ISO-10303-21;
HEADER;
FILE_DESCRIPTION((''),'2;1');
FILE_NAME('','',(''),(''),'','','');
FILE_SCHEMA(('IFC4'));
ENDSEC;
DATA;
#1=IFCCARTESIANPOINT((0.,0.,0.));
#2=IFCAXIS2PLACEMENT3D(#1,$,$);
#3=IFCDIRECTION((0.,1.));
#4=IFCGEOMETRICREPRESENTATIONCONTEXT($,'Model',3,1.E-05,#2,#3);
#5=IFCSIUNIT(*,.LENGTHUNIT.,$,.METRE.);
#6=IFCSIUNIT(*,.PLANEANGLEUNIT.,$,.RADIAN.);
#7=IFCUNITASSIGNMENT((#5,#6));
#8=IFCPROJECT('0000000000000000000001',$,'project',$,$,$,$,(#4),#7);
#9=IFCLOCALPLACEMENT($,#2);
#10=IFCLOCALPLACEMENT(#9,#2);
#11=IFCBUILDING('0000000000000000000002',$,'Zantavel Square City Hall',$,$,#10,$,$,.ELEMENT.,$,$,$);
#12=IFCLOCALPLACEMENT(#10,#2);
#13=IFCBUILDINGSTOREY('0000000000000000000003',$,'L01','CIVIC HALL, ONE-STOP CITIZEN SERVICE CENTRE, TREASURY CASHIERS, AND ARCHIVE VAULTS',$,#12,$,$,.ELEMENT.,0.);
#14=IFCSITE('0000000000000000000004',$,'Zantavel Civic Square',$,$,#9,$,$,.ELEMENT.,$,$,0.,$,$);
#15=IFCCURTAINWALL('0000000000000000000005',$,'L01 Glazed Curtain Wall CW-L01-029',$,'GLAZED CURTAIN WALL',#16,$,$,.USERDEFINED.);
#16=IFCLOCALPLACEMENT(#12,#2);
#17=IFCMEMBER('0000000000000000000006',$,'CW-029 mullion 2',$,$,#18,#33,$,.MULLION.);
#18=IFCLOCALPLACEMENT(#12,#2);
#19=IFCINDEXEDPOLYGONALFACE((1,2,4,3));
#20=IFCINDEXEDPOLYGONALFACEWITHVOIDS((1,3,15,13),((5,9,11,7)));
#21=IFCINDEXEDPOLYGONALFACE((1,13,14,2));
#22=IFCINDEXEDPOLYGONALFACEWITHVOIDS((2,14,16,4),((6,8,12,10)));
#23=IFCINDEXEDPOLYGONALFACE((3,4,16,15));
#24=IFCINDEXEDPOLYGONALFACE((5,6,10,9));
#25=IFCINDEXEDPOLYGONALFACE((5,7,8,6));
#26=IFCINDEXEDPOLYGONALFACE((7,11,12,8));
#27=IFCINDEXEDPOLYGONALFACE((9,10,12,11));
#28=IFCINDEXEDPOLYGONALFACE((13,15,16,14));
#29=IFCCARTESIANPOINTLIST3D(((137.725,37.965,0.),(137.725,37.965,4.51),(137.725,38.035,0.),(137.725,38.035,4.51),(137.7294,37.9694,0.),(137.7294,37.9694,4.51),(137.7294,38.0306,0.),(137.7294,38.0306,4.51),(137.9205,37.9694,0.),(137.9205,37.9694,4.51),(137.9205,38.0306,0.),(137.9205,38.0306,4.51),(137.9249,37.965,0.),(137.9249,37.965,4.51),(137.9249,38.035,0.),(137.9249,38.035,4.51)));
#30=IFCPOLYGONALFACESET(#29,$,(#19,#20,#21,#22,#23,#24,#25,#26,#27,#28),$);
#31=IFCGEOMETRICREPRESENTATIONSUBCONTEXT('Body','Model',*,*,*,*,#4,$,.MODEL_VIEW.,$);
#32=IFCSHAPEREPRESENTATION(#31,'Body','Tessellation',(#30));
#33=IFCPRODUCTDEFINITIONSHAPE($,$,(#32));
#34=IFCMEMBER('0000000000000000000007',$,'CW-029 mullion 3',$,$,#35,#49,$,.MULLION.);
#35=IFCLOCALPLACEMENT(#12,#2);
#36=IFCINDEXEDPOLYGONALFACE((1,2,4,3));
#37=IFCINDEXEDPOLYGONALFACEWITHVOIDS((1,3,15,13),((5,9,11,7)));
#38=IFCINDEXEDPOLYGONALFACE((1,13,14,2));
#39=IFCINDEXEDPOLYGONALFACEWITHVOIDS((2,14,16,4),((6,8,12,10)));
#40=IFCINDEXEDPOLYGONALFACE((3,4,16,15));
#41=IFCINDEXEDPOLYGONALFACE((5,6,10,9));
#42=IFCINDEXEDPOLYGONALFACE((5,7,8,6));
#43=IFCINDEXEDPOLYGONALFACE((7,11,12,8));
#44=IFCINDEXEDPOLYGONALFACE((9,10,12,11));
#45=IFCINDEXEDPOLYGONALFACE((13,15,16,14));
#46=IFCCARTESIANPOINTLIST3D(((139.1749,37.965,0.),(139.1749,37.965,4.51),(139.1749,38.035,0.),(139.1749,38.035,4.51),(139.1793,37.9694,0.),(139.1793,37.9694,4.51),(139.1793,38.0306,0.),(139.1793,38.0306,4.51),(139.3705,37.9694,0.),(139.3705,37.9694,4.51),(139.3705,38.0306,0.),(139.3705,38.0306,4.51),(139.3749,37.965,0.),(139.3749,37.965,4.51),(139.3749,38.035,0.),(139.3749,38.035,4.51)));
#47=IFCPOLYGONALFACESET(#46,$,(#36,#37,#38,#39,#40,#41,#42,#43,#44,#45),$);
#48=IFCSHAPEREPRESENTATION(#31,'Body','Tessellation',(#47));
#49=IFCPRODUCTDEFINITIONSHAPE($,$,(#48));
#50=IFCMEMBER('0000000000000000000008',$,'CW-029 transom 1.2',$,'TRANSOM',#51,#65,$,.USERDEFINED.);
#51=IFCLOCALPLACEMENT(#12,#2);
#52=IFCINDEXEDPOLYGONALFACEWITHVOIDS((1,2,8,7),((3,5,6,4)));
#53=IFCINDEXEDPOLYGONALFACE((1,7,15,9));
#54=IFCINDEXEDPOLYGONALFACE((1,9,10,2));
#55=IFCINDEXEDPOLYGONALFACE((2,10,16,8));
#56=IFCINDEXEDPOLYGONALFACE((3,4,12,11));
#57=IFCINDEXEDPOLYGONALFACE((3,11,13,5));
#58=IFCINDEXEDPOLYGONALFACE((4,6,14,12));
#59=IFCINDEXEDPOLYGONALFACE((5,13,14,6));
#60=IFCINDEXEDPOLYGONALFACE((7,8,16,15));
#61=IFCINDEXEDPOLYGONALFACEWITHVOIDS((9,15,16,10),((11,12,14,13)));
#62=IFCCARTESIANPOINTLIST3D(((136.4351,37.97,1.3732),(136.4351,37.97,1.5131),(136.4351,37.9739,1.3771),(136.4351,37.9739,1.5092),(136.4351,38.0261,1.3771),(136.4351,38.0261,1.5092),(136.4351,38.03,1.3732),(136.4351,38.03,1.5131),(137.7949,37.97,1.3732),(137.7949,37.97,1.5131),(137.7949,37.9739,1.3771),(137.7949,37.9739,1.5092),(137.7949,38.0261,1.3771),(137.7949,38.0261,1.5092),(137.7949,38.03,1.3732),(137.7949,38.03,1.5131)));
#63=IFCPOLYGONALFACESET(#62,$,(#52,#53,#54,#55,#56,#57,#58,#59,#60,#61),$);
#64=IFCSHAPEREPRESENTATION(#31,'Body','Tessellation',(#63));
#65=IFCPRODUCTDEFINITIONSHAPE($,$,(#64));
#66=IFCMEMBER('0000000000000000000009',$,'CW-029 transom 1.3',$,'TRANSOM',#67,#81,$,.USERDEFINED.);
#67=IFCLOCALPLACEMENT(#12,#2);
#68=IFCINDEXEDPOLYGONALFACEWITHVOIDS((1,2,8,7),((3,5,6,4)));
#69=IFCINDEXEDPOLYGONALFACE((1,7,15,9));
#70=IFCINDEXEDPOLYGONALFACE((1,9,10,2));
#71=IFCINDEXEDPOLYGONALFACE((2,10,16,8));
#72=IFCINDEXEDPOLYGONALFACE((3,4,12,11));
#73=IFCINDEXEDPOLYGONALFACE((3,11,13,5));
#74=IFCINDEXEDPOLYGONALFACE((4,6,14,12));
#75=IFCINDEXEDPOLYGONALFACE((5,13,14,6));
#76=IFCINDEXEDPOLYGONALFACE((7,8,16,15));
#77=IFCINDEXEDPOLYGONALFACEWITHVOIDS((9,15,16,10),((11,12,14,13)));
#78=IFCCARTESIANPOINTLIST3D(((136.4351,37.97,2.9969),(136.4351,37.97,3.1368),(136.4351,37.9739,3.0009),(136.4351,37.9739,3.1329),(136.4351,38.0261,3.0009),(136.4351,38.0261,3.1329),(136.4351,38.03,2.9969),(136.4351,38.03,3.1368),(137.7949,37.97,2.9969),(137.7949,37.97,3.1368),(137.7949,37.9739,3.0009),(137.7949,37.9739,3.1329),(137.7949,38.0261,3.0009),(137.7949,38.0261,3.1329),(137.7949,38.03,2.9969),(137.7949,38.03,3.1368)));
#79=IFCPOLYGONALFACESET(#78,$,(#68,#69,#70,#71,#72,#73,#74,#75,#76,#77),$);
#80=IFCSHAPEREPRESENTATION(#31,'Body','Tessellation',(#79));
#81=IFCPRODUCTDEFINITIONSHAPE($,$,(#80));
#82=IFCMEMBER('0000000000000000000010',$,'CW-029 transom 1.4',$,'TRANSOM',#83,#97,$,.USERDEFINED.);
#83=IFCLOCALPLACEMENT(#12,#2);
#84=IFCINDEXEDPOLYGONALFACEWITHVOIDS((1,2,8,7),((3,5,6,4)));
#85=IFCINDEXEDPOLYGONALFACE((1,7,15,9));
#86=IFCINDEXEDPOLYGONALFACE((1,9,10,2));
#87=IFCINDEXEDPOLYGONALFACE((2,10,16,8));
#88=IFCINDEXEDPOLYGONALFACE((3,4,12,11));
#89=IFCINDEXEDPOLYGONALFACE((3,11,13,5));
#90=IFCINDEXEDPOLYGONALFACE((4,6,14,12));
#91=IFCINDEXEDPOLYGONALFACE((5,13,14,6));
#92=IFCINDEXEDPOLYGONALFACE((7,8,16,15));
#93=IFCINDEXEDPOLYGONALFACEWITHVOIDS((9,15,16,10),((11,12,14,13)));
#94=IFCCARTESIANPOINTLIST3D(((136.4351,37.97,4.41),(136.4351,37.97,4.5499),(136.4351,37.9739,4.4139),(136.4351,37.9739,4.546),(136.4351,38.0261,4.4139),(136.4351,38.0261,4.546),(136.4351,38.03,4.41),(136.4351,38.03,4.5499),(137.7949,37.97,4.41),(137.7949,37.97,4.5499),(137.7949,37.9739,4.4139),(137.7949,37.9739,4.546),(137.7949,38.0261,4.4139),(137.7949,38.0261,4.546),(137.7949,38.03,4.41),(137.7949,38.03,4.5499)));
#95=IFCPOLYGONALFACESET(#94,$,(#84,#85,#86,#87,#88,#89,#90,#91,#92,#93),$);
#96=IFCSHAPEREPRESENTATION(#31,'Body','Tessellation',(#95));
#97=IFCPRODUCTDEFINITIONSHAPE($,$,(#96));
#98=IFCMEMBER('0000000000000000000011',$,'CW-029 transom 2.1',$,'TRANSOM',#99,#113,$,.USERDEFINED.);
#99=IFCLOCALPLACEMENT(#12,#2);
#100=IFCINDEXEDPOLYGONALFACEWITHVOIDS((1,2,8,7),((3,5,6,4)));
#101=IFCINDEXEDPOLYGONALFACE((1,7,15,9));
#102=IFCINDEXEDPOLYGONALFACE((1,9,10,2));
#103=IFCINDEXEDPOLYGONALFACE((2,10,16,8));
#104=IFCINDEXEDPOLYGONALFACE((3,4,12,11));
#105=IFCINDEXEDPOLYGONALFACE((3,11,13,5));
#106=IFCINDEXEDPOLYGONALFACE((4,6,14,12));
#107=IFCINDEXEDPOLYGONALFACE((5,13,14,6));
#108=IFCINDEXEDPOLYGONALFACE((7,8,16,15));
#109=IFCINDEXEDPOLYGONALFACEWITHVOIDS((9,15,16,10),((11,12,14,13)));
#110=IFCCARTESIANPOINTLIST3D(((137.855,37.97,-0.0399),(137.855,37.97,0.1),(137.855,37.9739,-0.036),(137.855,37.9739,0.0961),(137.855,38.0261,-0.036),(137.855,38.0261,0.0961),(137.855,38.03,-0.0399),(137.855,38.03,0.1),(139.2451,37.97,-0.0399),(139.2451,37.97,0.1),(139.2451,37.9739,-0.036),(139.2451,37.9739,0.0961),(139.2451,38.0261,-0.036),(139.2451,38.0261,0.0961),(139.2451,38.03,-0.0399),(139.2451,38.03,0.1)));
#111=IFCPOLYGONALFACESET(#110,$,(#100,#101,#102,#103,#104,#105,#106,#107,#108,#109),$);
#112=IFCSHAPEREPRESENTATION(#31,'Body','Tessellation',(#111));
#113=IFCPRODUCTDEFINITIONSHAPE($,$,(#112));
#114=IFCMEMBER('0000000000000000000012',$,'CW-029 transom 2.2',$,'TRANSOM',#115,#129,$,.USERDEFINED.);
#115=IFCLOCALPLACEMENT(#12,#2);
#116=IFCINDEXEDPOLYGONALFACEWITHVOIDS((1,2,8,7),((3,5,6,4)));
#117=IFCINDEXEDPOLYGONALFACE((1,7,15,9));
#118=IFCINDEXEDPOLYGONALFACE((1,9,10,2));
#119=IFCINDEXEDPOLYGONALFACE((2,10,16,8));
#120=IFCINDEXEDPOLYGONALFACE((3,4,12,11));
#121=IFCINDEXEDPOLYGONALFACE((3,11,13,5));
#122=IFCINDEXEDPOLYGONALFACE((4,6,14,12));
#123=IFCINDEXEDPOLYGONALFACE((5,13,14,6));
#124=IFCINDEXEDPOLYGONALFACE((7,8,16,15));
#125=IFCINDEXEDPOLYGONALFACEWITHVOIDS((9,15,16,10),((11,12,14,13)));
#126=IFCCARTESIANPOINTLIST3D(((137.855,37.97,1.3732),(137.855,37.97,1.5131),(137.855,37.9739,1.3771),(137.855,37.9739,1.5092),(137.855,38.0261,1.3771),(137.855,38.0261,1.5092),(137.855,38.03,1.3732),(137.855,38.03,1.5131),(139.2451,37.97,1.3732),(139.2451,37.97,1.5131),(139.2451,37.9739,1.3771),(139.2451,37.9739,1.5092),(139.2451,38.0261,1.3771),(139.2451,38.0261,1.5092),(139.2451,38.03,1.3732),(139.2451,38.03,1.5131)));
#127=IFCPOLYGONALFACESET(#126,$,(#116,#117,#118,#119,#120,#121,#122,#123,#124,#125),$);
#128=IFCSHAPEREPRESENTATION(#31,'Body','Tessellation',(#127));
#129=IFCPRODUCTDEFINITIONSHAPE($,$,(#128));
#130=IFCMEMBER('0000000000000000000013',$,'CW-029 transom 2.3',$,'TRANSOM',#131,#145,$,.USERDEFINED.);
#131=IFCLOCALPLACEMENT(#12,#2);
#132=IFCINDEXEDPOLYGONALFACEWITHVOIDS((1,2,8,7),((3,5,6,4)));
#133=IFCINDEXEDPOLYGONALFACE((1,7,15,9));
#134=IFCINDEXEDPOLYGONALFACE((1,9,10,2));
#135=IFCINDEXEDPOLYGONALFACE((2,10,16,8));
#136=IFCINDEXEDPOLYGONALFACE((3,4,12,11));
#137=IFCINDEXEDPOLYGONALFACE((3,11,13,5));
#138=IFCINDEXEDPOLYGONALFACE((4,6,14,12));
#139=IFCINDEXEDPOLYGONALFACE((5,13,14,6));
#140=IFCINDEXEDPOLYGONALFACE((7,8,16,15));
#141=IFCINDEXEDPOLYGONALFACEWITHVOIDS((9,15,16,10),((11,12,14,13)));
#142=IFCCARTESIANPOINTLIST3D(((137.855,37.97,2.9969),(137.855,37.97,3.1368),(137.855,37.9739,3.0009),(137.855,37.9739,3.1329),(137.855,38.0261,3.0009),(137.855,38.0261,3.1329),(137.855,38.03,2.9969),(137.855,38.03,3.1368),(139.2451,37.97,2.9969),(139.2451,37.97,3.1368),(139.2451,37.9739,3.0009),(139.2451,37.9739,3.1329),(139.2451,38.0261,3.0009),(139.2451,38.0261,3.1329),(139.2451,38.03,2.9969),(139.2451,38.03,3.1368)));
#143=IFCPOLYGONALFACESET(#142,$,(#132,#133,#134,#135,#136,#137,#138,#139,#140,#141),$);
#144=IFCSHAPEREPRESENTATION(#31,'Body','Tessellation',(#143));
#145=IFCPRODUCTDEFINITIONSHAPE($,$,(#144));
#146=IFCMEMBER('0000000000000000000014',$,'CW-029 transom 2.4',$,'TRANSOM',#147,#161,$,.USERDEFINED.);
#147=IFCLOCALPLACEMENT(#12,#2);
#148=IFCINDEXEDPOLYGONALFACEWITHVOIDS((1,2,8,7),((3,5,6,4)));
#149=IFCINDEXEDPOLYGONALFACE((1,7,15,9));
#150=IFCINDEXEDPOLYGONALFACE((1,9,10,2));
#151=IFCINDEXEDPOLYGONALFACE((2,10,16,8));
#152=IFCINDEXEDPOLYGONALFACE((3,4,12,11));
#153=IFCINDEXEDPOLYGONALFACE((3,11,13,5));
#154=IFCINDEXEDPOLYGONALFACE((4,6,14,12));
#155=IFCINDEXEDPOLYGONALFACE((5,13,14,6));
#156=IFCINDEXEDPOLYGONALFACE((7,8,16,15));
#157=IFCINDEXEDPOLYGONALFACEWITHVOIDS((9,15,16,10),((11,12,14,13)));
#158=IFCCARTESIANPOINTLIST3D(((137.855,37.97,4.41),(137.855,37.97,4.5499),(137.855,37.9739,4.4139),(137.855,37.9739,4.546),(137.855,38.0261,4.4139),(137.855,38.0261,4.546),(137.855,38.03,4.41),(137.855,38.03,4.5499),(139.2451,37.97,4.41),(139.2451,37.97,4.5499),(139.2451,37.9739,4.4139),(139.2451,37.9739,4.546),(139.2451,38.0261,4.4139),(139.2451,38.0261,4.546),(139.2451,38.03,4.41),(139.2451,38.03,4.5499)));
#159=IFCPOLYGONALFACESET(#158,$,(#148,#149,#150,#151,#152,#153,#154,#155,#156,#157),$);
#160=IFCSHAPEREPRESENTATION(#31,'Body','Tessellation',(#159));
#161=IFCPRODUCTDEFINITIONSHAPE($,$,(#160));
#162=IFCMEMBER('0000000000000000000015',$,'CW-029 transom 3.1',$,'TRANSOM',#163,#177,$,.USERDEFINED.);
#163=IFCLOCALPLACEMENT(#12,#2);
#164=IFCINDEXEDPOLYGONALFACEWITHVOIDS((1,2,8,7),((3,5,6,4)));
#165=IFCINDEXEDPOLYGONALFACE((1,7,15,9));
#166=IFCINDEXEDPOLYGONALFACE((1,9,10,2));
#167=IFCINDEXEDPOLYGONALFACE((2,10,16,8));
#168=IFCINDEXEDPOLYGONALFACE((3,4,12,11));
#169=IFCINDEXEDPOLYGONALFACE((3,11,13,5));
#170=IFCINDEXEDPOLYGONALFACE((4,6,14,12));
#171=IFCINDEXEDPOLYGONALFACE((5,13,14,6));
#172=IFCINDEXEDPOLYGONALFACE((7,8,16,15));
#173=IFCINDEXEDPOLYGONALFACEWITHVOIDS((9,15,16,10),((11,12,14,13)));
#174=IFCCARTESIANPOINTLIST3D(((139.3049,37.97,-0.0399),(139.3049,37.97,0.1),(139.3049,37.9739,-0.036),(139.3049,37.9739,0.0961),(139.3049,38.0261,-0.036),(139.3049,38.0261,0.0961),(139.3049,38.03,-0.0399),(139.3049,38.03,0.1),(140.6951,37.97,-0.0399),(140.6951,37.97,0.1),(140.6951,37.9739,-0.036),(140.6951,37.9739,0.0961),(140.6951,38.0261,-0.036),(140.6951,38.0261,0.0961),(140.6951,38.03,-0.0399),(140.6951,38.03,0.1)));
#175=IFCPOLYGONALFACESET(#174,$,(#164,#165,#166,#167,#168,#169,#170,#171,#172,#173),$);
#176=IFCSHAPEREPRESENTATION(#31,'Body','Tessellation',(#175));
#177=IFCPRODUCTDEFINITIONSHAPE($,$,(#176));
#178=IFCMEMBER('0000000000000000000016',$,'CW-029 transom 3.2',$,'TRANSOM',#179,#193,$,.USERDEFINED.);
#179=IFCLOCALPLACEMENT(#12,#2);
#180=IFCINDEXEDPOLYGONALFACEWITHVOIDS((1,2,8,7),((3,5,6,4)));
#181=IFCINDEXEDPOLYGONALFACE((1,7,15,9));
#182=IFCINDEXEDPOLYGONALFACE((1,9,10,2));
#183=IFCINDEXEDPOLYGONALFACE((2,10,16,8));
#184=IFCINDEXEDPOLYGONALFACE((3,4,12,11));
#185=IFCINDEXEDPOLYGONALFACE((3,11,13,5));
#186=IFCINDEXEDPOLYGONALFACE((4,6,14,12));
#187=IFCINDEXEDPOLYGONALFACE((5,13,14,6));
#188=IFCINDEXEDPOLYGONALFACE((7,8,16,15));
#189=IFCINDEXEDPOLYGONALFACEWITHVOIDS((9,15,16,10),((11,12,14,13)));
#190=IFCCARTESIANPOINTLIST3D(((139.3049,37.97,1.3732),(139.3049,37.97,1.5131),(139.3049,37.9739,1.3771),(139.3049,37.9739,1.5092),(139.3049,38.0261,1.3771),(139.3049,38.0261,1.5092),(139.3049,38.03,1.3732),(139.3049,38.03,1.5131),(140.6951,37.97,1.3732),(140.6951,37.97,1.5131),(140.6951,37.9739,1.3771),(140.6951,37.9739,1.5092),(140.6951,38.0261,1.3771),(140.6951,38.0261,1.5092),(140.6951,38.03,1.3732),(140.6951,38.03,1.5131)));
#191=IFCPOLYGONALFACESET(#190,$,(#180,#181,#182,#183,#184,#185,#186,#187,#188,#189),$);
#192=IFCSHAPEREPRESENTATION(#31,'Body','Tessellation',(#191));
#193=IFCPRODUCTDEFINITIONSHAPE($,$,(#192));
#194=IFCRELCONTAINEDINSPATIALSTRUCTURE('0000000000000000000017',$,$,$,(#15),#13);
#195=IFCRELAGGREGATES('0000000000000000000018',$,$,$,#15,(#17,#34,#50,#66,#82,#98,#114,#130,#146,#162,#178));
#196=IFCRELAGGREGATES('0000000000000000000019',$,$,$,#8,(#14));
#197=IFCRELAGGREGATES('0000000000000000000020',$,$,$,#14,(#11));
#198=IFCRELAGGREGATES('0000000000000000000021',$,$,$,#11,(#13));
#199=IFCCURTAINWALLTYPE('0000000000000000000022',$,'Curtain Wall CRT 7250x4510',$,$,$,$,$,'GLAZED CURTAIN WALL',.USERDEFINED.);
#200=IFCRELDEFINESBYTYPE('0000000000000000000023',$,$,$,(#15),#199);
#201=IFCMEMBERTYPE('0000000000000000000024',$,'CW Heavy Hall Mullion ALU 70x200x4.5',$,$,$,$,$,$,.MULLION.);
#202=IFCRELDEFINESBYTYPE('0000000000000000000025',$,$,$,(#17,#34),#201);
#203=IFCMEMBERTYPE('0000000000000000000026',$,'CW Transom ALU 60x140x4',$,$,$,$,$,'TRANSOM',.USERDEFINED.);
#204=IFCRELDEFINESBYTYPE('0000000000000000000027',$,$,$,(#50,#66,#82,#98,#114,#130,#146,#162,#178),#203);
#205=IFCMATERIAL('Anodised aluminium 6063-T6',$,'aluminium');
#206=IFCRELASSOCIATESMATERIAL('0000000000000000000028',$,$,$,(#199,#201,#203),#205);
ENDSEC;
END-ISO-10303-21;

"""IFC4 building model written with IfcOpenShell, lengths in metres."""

from ifc_helpers import new_model, si_unit, direction, frame, origin, origin_2d, place, context, subcontext, project, spatial, hollow_rectangle, extrude, material, material_profile, profile_set, type_object, element, aggregate, save


model = new_model("IFC4")

# Units and contexts
model_context = context("Model", 3, precision=1e-05, world=origin(), true_north=direction((0.0, 1.0)))
body_context = subcontext(model_context, "Body", "Model", "MODEL_VIEW")
ifc_project = project(units=[si_unit("LENGTHUNIT", "METRE"), si_unit("PLANEANGLEUNIT", "RADIAN")], contexts=[model_context])

# Site, building, storey
site_placement = place(None, origin())
site = spatial("IfcSite", under=ifc_project, at=site_placement, Name="Zantavel Civic Square", CompositionType="ELEMENT", RefElevation=0.0)
building_placement = place(site_placement, origin())
building = spatial("IfcBuilding", under=site, at=building_placement, Name="Zantavel Square City Hall", CompositionType="ELEMENT")
storey_placement = place(building_placement, origin())
storey = spatial("IfcBuildingStorey", under=building, at=storey_placement, Name="L01", Description="CIVIC HALL, ONE-STOP CITIZEN SERVICE CENTRE, TREASURY CASHIERS, AND ARCHIVE VAULTS", CompositionType="ELEMENT", Elevation=0.0)

# Curtain wall, members
ifc_material_1 = material(Name="Anodised aluminium 6063-T6", Category="aluminium")
curtain_wall_type = type_object("IfcCurtainWallType", Name="Curtain Wall CRT 7250x4510", ElementType="GLAZED CURTAIN WALL", PredefinedType="USERDEFINED", material=ifc_material_1)
curtain_wall_placement = place(storey_placement, origin())
curtain_wall = element("IfcCurtainWall", 1, at=curtain_wall_placement, inside=storey, type_object=curtain_wall_type, Name="L01 Glazed Curtain Wall CW-L01-029", ObjectType="GLAZED CURTAIN WALL", PredefinedType="USERDEFINED")
ifc_material_profile_1 = material_profile(ifc_material_1, hollow_rectangle(XDim=0.0701, YDim=0.2, WallThickness=0.0044, at=origin_2d()), Name="ALU 70x200x4.5")
ifc_profile_set_1 = profile_set([ifc_material_profile_1], Name="Anodised aluminium 6063-T6")
member_type_1 = type_object("IfcMemberType", Name="CW Heavy Hall Mullion ALU 70x200x4.5", PredefinedType="MULLION", material=ifc_profile_set_1)
member_1_placement = place(storey_placement, frame((137.825, 38.0, 0.0), z_axis=(0.0, 0.0, 1.0), x_axis=(0.0, 1.0, 0.0)))
member_1 = element("IfcMember", 2, at=member_1_placement, type_object=member_type_1, Name="CW-029 mullion 2", PredefinedType="MULLION", context=body_context, shape_type="SweptSolid", body=[
    extrude(hollow_rectangle(XDim=0.0701, YDim=0.2, WallThickness=0.0044, at=origin_2d()), origin(), (0.0, 0.0, 1.0), 4.51),
])
member_2_placement = place(storey_placement, frame((139.2749, 38.0, 0.0), z_axis=(0.0, 0.0, 1.0), x_axis=(0.0, 1.0, 0.0)))
member_2 = element("IfcMember", 3, at=member_2_placement, type_object=member_type_1, Name="CW-029 mullion 3", PredefinedType="MULLION", context=body_context, shape_type="SweptSolid", body=[
    extrude(hollow_rectangle(XDim=0.0701, YDim=0.2, WallThickness=0.0044, at=origin_2d()), origin(), (0.0, 0.0, 1.0), 4.51),
])
ifc_material_profile_2 = material_profile(ifc_material_1, hollow_rectangle(XDim=0.0601, YDim=0.1399, WallThickness=0.0039, at=origin_2d()), Name="ALU 60x140x4")
ifc_profile_set_2 = profile_set([ifc_material_profile_2], Name="Anodised aluminium 6063-T6")
member_type_2 = type_object("IfcMemberType", Name="CW Transom ALU 60x140x4", ElementType="TRANSOM", PredefinedType="USERDEFINED", material=ifc_profile_set_2)
member_3_placement = place(storey_placement, frame((136.4351, 38.0, 1.4431), z_axis=(1.0, 0.0, 0.0), x_axis=(0.0, 1.0, 0.0)))
member_3 = element("IfcMember", 4, at=member_3_placement, type_object=member_type_2, Name="CW-029 transom 1.2", ObjectType="TRANSOM", PredefinedType="USERDEFINED", context=body_context, shape_type="SweptSolid", body=[
    extrude(hollow_rectangle(XDim=0.0601, YDim=0.1399, WallThickness=0.0039, at=origin_2d()), origin(), (0.0, 0.0, 1.0), 1.3599),
])
member_4_placement = place(storey_placement, frame((136.4351, 38.0, 3.0669), z_axis=(1.0, 0.0, 0.0), x_axis=(0.0, 1.0, 0.0)))
member_4 = element("IfcMember", 5, at=member_4_placement, type_object=member_type_2, Name="CW-029 transom 1.3", ObjectType="TRANSOM", PredefinedType="USERDEFINED", context=body_context, shape_type="SweptSolid", body=[
    extrude(hollow_rectangle(XDim=0.0601, YDim=0.1399, WallThickness=0.0039, at=origin_2d()), origin(), (0.0, 0.0, 1.0), 1.3599),
])
member_5_placement = place(storey_placement, frame((136.4351, 38.0, 4.48), z_axis=(1.0, 0.0, 0.0), x_axis=(0.0, 1.0, 0.0)))
member_5 = element("IfcMember", 6, at=member_5_placement, type_object=member_type_2, Name="CW-029 transom 1.4", ObjectType="TRANSOM", PredefinedType="USERDEFINED", context=body_context, shape_type="SweptSolid", body=[
    extrude(hollow_rectangle(XDim=0.0601, YDim=0.1399, WallThickness=0.0039, at=origin_2d()), origin(), (0.0, 0.0, 1.0), 1.3599),
])
member_6_placement = place(storey_placement, frame((137.855, 38.0, 0.03), z_axis=(1.0, 0.0, 0.0), x_axis=(0.0, 1.0, 0.0)))
member_6 = element("IfcMember", 7, at=member_6_placement, type_object=member_type_2, Name="CW-029 transom 2.1", ObjectType="TRANSOM", PredefinedType="USERDEFINED", context=body_context, shape_type="SweptSolid", body=[
    extrude(hollow_rectangle(XDim=0.0601, YDim=0.1399, WallThickness=0.0039, at=origin_2d()), origin(), (0.0, 0.0, 1.0), 1.3901),
])
member_7_placement = place(storey_placement, frame((137.855, 38.0, 1.4431), z_axis=(1.0, 0.0, 0.0), x_axis=(0.0, 1.0, 0.0)))
member_7 = element("IfcMember", 8, at=member_7_placement, type_object=member_type_2, Name="CW-029 transom 2.2", ObjectType="TRANSOM", PredefinedType="USERDEFINED", context=body_context, shape_type="SweptSolid", body=[
    extrude(hollow_rectangle(XDim=0.0601, YDim=0.1399, WallThickness=0.0039, at=origin_2d()), origin(), (0.0, 0.0, 1.0), 1.3901),
])
member_8_placement = place(storey_placement, frame((137.855, 38.0, 3.0669), z_axis=(1.0, 0.0, 0.0), x_axis=(0.0, 1.0, 0.0)))
member_8 = element("IfcMember", 9, at=member_8_placement, type_object=member_type_2, Name="CW-029 transom 2.3", ObjectType="TRANSOM", PredefinedType="USERDEFINED", context=body_context, shape_type="SweptSolid", body=[
    extrude(hollow_rectangle(XDim=0.0601, YDim=0.1399, WallThickness=0.0039, at=origin_2d()), origin(), (0.0, 0.0, 1.0), 1.3901),
])
member_9_placement = place(storey_placement, frame((137.855, 38.0, 4.48), z_axis=(1.0, 0.0, 0.0), x_axis=(0.0, 1.0, 0.0)))
member_9 = element("IfcMember", 10, at=member_9_placement, type_object=member_type_2, Name="CW-029 transom 2.4", ObjectType="TRANSOM", PredefinedType="USERDEFINED", context=body_context, shape_type="SweptSolid", body=[
    extrude(hollow_rectangle(XDim=0.0601, YDim=0.1399, WallThickness=0.0039, at=origin_2d()), origin(), (0.0, 0.0, 1.0), 1.3901),
])
member_10_placement = place(storey_placement, frame((139.3049, 38.0, 0.03), z_axis=(1.0, 0.0, 0.0), x_axis=(0.0, 1.0, 0.0)))
member_10 = element("IfcMember", 11, at=member_10_placement, type_object=member_type_2, Name="CW-029 transom 3.1", ObjectType="TRANSOM", PredefinedType="USERDEFINED", context=body_context, shape_type="SweptSolid", body=[
    extrude(hollow_rectangle(XDim=0.0601, YDim=0.1399, WallThickness=0.0039, at=origin_2d()), origin(), (0.0, 0.0, 1.0), 1.3901),
])
member_11_placement = place(storey_placement, frame((139.3049, 38.0, 1.4431), z_axis=(1.0, 0.0, 0.0), x_axis=(0.0, 1.0, 0.0)))
member_11 = element("IfcMember", 12, at=member_11_placement, type_object=member_type_2, Name="CW-029 transom 3.2", ObjectType="TRANSOM", PredefinedType="USERDEFINED", context=body_context, shape_type="SweptSolid", body=[
    extrude(hollow_rectangle(XDim=0.0601, YDim=0.1399, WallThickness=0.0039, at=origin_2d()), origin(), (0.0, 0.0, 1.0), 1.3901),
])
aggregate(curtain_wall, [member_1, member_2, member_3, member_4, member_5, member_6, member_7, member_8, member_9, member_10, member_11])

save(model, "model.ifc")
